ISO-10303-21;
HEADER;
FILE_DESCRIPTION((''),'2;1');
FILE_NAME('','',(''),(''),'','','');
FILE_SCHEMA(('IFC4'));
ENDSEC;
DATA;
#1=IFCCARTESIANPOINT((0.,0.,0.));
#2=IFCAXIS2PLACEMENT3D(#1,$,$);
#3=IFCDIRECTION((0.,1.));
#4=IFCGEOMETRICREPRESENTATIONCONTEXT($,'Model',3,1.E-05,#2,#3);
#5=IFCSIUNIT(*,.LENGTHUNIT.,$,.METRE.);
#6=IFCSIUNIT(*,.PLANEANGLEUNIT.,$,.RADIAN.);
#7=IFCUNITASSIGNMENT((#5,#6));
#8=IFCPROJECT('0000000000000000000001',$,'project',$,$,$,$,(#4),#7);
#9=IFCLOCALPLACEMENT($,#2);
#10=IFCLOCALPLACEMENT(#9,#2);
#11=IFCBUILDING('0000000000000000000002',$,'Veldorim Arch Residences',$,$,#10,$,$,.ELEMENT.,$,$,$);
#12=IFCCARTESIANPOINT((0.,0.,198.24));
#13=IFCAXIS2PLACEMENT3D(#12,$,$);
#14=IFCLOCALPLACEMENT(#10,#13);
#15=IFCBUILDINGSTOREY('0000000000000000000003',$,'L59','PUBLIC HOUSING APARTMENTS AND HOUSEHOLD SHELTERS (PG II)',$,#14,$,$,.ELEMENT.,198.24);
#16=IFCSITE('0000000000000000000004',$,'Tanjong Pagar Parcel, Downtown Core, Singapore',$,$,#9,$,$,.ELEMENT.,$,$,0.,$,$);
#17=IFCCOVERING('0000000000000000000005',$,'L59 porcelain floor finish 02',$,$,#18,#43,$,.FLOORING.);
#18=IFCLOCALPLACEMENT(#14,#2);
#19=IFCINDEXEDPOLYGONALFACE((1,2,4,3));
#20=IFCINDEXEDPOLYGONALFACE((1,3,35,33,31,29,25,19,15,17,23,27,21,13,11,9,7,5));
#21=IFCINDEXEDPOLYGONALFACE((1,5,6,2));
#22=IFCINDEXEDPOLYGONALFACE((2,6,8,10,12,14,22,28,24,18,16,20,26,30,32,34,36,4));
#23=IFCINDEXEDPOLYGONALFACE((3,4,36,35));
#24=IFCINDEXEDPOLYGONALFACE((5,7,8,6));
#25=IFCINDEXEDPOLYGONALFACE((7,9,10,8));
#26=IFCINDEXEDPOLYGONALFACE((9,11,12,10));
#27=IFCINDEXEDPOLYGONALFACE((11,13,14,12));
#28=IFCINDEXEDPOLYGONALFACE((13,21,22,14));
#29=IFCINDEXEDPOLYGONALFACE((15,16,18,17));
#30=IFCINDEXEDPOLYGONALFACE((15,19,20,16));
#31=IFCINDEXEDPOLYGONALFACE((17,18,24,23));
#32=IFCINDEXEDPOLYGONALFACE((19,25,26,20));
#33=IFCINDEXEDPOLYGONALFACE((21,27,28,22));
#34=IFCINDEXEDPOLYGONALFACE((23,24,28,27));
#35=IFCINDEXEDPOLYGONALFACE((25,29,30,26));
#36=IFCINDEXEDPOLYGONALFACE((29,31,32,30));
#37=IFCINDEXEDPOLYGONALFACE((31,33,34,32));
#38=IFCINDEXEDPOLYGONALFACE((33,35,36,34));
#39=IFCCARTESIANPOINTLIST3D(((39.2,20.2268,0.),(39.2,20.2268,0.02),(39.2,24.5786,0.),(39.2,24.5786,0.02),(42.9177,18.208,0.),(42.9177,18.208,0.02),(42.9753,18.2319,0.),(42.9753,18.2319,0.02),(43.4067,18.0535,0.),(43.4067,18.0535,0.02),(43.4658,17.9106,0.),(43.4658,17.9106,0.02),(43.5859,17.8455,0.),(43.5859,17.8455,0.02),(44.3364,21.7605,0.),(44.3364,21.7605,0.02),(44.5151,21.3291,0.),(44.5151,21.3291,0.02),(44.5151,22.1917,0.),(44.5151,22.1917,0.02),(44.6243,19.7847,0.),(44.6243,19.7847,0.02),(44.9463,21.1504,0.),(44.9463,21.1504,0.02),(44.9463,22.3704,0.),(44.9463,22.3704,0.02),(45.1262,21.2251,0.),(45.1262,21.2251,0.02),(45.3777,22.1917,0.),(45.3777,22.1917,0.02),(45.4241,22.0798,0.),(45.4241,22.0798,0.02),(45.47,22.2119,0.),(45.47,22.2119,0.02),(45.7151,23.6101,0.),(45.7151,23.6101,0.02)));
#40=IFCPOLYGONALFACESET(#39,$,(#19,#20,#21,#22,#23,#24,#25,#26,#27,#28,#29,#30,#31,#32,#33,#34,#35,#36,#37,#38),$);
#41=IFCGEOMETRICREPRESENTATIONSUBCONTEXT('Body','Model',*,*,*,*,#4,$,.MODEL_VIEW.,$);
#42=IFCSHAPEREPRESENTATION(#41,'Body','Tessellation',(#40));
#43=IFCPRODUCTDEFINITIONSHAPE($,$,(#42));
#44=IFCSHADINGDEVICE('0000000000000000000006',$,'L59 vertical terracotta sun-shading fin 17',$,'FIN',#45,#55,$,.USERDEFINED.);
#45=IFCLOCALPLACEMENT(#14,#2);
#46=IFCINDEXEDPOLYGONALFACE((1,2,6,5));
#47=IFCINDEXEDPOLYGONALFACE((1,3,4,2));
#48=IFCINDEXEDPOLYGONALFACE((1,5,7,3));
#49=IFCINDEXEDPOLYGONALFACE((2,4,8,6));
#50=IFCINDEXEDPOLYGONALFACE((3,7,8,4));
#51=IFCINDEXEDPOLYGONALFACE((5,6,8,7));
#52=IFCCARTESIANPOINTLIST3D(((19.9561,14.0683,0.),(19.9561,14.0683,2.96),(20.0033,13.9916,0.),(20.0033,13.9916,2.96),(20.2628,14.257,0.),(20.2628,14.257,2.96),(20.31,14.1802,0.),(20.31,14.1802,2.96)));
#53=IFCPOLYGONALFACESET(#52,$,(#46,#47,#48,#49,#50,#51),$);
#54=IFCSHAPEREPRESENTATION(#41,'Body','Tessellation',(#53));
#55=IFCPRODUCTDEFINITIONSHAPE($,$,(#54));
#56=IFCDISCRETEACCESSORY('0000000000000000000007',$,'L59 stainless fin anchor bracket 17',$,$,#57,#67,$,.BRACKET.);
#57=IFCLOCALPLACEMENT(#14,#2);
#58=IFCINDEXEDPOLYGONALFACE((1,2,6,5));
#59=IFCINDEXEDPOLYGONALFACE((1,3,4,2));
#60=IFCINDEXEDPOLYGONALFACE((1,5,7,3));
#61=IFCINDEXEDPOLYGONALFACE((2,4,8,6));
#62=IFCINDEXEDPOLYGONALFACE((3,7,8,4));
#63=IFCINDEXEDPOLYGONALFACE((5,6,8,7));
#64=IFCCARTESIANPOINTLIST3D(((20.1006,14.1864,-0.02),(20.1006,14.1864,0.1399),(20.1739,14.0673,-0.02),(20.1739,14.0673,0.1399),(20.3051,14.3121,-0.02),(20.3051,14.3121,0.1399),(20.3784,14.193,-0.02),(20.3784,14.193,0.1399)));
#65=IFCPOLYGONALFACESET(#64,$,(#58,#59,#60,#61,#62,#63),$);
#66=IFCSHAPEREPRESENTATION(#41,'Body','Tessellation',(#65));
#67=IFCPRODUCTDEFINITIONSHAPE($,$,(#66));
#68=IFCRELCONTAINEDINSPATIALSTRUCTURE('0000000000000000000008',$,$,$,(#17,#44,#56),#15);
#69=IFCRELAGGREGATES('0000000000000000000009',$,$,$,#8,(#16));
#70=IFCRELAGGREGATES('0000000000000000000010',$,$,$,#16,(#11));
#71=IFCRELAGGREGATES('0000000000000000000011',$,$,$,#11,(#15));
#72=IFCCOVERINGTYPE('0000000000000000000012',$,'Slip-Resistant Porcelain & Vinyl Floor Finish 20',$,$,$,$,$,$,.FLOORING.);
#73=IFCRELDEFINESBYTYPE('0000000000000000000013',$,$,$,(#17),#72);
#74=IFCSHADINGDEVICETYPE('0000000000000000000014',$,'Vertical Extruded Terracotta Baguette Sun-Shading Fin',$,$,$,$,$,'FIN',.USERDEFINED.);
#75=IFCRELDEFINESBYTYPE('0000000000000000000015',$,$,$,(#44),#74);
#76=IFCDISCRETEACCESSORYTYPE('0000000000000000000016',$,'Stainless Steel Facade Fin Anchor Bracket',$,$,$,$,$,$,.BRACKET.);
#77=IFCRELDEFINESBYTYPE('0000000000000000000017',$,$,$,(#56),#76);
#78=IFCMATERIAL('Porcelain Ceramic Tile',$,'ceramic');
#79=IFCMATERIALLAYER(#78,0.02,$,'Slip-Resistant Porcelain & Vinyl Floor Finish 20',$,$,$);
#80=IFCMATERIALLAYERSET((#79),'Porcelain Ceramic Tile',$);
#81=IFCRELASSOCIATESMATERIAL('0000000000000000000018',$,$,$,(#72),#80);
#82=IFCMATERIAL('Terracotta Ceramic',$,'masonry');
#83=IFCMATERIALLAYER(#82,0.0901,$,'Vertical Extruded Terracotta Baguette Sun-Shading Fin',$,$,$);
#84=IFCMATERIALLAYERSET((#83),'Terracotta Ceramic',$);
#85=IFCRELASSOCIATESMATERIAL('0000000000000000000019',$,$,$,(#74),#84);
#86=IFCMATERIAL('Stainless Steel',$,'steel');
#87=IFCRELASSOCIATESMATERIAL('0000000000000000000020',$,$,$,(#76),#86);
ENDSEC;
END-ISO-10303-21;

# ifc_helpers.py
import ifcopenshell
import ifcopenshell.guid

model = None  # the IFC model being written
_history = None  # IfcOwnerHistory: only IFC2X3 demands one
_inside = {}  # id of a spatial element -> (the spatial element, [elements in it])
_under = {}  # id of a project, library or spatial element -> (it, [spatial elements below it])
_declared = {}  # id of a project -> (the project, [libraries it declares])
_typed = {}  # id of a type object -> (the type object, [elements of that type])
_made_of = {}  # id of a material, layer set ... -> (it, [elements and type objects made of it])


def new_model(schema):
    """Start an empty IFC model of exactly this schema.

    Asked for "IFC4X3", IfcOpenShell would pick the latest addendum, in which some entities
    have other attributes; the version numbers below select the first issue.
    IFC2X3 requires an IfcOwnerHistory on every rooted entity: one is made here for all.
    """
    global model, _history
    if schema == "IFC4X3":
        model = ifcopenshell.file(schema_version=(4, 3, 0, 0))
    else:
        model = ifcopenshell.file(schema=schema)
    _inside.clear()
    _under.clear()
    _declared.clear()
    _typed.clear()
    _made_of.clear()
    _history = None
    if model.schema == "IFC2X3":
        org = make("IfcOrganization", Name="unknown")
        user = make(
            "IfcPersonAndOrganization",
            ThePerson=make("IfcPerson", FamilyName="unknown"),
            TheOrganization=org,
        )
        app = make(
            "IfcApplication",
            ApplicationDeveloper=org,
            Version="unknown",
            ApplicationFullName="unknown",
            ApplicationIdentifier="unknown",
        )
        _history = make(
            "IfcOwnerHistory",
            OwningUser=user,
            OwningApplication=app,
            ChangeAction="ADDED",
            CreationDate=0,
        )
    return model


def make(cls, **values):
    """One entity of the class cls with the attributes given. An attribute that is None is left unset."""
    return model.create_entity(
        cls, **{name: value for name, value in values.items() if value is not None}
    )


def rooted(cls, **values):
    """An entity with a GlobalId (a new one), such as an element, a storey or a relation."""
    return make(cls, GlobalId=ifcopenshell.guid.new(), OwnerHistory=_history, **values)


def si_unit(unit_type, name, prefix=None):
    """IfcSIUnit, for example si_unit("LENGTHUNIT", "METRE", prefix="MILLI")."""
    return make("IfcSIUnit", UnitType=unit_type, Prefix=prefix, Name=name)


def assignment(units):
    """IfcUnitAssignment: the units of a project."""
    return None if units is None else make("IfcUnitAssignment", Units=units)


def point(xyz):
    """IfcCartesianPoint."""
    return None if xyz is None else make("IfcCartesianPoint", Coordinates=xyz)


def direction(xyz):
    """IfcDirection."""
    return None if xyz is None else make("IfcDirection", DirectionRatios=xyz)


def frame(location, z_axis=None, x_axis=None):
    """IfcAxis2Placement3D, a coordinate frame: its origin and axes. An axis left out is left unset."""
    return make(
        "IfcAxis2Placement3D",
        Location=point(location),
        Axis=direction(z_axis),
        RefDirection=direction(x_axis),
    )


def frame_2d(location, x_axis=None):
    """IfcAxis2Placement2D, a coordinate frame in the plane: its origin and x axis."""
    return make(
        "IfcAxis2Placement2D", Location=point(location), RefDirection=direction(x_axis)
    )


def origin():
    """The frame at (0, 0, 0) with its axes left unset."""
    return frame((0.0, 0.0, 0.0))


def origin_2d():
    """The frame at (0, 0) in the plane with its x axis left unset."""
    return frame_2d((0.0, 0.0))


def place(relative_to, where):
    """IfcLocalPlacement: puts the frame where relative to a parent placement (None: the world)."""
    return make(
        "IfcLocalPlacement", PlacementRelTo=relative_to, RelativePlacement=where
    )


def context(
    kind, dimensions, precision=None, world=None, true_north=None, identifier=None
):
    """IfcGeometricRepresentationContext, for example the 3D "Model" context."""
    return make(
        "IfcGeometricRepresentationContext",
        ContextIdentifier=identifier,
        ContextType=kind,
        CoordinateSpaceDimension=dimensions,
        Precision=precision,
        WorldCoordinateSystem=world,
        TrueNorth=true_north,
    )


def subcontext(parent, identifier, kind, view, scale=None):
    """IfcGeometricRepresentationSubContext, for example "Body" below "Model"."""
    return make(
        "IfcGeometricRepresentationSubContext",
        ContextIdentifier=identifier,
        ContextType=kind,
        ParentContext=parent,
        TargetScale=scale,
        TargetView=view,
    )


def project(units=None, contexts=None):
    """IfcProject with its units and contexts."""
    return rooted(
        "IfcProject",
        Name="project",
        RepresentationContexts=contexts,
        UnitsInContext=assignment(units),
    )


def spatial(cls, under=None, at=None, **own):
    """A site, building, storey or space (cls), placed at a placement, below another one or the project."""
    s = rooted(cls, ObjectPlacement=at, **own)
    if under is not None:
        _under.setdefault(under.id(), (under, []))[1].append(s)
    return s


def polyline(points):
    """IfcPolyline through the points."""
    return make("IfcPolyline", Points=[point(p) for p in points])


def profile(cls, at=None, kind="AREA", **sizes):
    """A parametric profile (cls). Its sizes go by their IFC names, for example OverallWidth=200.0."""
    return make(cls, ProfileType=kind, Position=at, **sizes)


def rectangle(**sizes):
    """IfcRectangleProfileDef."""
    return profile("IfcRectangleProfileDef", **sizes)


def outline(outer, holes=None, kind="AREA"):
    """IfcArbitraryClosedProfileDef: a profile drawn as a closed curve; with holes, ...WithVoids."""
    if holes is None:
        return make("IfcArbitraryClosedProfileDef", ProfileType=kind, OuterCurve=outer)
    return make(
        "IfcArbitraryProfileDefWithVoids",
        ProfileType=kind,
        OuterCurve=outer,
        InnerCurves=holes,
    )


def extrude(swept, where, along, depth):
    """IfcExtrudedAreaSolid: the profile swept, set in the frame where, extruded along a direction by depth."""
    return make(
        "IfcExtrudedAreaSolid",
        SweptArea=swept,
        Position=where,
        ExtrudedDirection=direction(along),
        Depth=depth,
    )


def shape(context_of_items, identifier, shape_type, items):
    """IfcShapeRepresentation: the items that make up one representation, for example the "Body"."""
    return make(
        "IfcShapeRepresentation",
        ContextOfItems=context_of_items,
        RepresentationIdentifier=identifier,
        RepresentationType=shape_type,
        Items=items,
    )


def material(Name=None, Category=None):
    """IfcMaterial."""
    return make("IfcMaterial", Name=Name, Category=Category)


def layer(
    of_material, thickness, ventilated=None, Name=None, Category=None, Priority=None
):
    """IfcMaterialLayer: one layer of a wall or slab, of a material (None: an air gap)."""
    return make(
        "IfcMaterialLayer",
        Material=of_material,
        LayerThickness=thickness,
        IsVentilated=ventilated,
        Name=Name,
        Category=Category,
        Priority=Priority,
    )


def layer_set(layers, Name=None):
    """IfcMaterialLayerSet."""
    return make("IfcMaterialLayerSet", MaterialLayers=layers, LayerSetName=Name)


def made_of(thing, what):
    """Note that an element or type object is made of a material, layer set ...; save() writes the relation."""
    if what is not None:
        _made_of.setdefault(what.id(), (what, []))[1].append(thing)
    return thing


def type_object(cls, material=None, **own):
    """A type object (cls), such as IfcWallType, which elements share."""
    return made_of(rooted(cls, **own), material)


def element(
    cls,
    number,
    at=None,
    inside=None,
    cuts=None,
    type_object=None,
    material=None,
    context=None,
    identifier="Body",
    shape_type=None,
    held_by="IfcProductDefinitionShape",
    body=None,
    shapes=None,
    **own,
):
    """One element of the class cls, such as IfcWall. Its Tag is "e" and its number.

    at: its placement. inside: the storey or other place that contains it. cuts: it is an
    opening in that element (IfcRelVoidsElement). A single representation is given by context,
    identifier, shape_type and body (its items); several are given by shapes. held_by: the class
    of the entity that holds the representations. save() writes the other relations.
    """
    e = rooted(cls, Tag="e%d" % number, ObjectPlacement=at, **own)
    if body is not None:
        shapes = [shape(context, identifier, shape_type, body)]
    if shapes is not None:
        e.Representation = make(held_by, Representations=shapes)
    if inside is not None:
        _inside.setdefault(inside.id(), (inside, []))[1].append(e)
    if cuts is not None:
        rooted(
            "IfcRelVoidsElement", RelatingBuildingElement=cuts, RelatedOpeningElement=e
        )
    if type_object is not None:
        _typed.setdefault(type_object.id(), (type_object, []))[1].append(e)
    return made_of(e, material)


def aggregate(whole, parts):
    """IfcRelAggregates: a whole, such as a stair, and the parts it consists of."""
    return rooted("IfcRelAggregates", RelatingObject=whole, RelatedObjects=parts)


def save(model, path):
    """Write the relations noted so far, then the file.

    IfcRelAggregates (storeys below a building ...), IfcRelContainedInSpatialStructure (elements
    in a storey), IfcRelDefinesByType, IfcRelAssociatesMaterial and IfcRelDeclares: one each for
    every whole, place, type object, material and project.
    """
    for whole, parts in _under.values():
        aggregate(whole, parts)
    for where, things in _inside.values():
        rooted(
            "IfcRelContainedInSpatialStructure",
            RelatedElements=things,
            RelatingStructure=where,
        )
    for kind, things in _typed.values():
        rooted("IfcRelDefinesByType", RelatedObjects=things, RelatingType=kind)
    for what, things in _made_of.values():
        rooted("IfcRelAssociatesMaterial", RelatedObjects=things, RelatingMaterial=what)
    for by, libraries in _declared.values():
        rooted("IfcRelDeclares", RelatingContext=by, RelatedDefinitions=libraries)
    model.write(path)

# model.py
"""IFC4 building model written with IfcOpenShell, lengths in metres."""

from ifc_helpers import new_model, si_unit, direction, frame, origin, origin_2d, place, context, subcontext, project, spatial, polyline, rectangle, outline, extrude, material, layer, layer_set, type_object, element, save


model = new_model("IFC4")

# Units and contexts
model_context = context("Model", 3, precision=1e-05, world=origin(), true_north=direction((0.0, 1.0)))
body_context = subcontext(model_context, "Body", "Model", "MODEL_VIEW")
ifc_project = project(units=[si_unit("LENGTHUNIT", "METRE"), si_unit("PLANEANGLEUNIT", "RADIAN")], contexts=[model_context])

# Site, building, storey
site_placement = place(None, origin())
site = spatial("IfcSite", under=ifc_project, at=site_placement, Name="Tanjong Pagar Parcel, Downtown Core, Singapore", CompositionType="ELEMENT", RefElevation=0.0)
building_placement = place(site_placement, origin())
building = spatial("IfcBuilding", under=site, at=building_placement, Name="Veldorim Arch Residences", CompositionType="ELEMENT")
storey_placement = place(building_placement, frame((0.0, 0.0, 198.24)))
storey = spatial("IfcBuildingStorey", under=building, at=storey_placement, Name="L59", Description="PUBLIC HOUSING APARTMENTS AND HOUSEHOLD SHELTERS (PG II)", CompositionType="ELEMENT", Elevation=198.24)

# Covering
ifc_material_1 = material(Name="Porcelain Ceramic Tile", Category="ceramic")
ifc_layer_1 = layer(ifc_material_1, 0.02, Name="Slip-Resistant Porcelain & Vinyl Floor Finish 20")
ifc_layer_set_1 = layer_set([ifc_layer_1], Name="Porcelain Ceramic Tile")
covering_type_1 = type_object("IfcCoveringType", Name="Slip-Resistant Porcelain & Vinyl Floor Finish 20", PredefinedType="FLOORING", material=ifc_layer_set_1)
covering_1_placement = place(storey_placement, origin())
element("IfcCovering", 1, at=covering_1_placement, inside=storey, type_object=covering_type_1, Name="L59 porcelain floor finish 02", PredefinedType="FLOORING", context=body_context, shape_type="SweptSolid", body=[
    extrude(outline(polyline([(44.6243, 19.7847), (43.5859, 17.8455), (43.4658, 17.9106), (43.4067, 18.0535), (42.9753, 18.2319), (42.9177, 18.208), (39.2, 20.2268), (39.2, 24.5786), (45.7151, 23.6101), (45.47, 22.2119), (45.4241, 22.0798), (45.3777, 22.1917), (44.9463, 22.3704), (44.5151, 22.1917), (44.3364, 21.7605), (44.5151, 21.3291), (44.9463, 21.1504), (45.1262, 21.2251), (44.6243, 19.7847)])), origin(), (0.0, 0.0, 1.0), 0.02),
])

# Shading device
ifc_material_2 = material(Name="Terracotta Ceramic", Category="masonry")
ifc_layer_2 = layer(ifc_material_2, 0.0901, Name="Vertical Extruded Terracotta Baguette Sun-Shading Fin")
ifc_layer_set_2 = layer_set([ifc_layer_2], Name="Terracotta Ceramic")
shading_device_type = type_object("IfcShadingDeviceType", Name="Vertical Extruded Terracotta Baguette Sun-Shading Fin", ElementType="FIN", PredefinedType="USERDEFINED", material=ifc_layer_set_2)
shading_device_placement = place(storey_placement, frame((20.1331, 14.1243, 0.0), z_axis=(0.0, 0.0, 1.0), x_axis=(-0.523837, 0.851818, 0.0)))
element("IfcShadingDevice", 2, at=shading_device_placement, inside=storey, type_object=shading_device_type, Name="L59 vertical terracotta sun-shading fin 17", ObjectType="FIN", PredefinedType="USERDEFINED", context=body_context, shape_type="SweptSolid", body=[
    extrude(rectangle(XDim=0.0901, YDim=0.3601, at=origin_2d()), origin(), (0.0, 0.0, 1.0), 2.96),
])

# Discrete accessory
ifc_material_3 = material(Name="Stainless Steel", Category="steel")
discrete_accessory_type = type_object("IfcDiscreteAccessoryType", Name="Stainless Steel Facade Fin Anchor Bracket", PredefinedType="BRACKET", material=ifc_material_3)
discrete_accessory_placement = place(storey_placement, frame((20.2395, 14.1897, -0.02), z_axis=(0.0, 0.0, 1.0), x_axis=(-0.523837, 0.851818, 0.0)))
element("IfcDiscreteAccessory", 3, at=discrete_accessory_placement, inside=storey, type_object=discrete_accessory_type, Name="L59 stainless fin anchor bracket 17", PredefinedType="BRACKET", context=body_context, shape_type="SweptSolid", body=[
    extrude(rectangle(XDim=0.1399, YDim=0.24, at=origin_2d()), origin(), (0.0, 0.0, 1.0), 0.1599),
])

save(model, "model.ifc")
